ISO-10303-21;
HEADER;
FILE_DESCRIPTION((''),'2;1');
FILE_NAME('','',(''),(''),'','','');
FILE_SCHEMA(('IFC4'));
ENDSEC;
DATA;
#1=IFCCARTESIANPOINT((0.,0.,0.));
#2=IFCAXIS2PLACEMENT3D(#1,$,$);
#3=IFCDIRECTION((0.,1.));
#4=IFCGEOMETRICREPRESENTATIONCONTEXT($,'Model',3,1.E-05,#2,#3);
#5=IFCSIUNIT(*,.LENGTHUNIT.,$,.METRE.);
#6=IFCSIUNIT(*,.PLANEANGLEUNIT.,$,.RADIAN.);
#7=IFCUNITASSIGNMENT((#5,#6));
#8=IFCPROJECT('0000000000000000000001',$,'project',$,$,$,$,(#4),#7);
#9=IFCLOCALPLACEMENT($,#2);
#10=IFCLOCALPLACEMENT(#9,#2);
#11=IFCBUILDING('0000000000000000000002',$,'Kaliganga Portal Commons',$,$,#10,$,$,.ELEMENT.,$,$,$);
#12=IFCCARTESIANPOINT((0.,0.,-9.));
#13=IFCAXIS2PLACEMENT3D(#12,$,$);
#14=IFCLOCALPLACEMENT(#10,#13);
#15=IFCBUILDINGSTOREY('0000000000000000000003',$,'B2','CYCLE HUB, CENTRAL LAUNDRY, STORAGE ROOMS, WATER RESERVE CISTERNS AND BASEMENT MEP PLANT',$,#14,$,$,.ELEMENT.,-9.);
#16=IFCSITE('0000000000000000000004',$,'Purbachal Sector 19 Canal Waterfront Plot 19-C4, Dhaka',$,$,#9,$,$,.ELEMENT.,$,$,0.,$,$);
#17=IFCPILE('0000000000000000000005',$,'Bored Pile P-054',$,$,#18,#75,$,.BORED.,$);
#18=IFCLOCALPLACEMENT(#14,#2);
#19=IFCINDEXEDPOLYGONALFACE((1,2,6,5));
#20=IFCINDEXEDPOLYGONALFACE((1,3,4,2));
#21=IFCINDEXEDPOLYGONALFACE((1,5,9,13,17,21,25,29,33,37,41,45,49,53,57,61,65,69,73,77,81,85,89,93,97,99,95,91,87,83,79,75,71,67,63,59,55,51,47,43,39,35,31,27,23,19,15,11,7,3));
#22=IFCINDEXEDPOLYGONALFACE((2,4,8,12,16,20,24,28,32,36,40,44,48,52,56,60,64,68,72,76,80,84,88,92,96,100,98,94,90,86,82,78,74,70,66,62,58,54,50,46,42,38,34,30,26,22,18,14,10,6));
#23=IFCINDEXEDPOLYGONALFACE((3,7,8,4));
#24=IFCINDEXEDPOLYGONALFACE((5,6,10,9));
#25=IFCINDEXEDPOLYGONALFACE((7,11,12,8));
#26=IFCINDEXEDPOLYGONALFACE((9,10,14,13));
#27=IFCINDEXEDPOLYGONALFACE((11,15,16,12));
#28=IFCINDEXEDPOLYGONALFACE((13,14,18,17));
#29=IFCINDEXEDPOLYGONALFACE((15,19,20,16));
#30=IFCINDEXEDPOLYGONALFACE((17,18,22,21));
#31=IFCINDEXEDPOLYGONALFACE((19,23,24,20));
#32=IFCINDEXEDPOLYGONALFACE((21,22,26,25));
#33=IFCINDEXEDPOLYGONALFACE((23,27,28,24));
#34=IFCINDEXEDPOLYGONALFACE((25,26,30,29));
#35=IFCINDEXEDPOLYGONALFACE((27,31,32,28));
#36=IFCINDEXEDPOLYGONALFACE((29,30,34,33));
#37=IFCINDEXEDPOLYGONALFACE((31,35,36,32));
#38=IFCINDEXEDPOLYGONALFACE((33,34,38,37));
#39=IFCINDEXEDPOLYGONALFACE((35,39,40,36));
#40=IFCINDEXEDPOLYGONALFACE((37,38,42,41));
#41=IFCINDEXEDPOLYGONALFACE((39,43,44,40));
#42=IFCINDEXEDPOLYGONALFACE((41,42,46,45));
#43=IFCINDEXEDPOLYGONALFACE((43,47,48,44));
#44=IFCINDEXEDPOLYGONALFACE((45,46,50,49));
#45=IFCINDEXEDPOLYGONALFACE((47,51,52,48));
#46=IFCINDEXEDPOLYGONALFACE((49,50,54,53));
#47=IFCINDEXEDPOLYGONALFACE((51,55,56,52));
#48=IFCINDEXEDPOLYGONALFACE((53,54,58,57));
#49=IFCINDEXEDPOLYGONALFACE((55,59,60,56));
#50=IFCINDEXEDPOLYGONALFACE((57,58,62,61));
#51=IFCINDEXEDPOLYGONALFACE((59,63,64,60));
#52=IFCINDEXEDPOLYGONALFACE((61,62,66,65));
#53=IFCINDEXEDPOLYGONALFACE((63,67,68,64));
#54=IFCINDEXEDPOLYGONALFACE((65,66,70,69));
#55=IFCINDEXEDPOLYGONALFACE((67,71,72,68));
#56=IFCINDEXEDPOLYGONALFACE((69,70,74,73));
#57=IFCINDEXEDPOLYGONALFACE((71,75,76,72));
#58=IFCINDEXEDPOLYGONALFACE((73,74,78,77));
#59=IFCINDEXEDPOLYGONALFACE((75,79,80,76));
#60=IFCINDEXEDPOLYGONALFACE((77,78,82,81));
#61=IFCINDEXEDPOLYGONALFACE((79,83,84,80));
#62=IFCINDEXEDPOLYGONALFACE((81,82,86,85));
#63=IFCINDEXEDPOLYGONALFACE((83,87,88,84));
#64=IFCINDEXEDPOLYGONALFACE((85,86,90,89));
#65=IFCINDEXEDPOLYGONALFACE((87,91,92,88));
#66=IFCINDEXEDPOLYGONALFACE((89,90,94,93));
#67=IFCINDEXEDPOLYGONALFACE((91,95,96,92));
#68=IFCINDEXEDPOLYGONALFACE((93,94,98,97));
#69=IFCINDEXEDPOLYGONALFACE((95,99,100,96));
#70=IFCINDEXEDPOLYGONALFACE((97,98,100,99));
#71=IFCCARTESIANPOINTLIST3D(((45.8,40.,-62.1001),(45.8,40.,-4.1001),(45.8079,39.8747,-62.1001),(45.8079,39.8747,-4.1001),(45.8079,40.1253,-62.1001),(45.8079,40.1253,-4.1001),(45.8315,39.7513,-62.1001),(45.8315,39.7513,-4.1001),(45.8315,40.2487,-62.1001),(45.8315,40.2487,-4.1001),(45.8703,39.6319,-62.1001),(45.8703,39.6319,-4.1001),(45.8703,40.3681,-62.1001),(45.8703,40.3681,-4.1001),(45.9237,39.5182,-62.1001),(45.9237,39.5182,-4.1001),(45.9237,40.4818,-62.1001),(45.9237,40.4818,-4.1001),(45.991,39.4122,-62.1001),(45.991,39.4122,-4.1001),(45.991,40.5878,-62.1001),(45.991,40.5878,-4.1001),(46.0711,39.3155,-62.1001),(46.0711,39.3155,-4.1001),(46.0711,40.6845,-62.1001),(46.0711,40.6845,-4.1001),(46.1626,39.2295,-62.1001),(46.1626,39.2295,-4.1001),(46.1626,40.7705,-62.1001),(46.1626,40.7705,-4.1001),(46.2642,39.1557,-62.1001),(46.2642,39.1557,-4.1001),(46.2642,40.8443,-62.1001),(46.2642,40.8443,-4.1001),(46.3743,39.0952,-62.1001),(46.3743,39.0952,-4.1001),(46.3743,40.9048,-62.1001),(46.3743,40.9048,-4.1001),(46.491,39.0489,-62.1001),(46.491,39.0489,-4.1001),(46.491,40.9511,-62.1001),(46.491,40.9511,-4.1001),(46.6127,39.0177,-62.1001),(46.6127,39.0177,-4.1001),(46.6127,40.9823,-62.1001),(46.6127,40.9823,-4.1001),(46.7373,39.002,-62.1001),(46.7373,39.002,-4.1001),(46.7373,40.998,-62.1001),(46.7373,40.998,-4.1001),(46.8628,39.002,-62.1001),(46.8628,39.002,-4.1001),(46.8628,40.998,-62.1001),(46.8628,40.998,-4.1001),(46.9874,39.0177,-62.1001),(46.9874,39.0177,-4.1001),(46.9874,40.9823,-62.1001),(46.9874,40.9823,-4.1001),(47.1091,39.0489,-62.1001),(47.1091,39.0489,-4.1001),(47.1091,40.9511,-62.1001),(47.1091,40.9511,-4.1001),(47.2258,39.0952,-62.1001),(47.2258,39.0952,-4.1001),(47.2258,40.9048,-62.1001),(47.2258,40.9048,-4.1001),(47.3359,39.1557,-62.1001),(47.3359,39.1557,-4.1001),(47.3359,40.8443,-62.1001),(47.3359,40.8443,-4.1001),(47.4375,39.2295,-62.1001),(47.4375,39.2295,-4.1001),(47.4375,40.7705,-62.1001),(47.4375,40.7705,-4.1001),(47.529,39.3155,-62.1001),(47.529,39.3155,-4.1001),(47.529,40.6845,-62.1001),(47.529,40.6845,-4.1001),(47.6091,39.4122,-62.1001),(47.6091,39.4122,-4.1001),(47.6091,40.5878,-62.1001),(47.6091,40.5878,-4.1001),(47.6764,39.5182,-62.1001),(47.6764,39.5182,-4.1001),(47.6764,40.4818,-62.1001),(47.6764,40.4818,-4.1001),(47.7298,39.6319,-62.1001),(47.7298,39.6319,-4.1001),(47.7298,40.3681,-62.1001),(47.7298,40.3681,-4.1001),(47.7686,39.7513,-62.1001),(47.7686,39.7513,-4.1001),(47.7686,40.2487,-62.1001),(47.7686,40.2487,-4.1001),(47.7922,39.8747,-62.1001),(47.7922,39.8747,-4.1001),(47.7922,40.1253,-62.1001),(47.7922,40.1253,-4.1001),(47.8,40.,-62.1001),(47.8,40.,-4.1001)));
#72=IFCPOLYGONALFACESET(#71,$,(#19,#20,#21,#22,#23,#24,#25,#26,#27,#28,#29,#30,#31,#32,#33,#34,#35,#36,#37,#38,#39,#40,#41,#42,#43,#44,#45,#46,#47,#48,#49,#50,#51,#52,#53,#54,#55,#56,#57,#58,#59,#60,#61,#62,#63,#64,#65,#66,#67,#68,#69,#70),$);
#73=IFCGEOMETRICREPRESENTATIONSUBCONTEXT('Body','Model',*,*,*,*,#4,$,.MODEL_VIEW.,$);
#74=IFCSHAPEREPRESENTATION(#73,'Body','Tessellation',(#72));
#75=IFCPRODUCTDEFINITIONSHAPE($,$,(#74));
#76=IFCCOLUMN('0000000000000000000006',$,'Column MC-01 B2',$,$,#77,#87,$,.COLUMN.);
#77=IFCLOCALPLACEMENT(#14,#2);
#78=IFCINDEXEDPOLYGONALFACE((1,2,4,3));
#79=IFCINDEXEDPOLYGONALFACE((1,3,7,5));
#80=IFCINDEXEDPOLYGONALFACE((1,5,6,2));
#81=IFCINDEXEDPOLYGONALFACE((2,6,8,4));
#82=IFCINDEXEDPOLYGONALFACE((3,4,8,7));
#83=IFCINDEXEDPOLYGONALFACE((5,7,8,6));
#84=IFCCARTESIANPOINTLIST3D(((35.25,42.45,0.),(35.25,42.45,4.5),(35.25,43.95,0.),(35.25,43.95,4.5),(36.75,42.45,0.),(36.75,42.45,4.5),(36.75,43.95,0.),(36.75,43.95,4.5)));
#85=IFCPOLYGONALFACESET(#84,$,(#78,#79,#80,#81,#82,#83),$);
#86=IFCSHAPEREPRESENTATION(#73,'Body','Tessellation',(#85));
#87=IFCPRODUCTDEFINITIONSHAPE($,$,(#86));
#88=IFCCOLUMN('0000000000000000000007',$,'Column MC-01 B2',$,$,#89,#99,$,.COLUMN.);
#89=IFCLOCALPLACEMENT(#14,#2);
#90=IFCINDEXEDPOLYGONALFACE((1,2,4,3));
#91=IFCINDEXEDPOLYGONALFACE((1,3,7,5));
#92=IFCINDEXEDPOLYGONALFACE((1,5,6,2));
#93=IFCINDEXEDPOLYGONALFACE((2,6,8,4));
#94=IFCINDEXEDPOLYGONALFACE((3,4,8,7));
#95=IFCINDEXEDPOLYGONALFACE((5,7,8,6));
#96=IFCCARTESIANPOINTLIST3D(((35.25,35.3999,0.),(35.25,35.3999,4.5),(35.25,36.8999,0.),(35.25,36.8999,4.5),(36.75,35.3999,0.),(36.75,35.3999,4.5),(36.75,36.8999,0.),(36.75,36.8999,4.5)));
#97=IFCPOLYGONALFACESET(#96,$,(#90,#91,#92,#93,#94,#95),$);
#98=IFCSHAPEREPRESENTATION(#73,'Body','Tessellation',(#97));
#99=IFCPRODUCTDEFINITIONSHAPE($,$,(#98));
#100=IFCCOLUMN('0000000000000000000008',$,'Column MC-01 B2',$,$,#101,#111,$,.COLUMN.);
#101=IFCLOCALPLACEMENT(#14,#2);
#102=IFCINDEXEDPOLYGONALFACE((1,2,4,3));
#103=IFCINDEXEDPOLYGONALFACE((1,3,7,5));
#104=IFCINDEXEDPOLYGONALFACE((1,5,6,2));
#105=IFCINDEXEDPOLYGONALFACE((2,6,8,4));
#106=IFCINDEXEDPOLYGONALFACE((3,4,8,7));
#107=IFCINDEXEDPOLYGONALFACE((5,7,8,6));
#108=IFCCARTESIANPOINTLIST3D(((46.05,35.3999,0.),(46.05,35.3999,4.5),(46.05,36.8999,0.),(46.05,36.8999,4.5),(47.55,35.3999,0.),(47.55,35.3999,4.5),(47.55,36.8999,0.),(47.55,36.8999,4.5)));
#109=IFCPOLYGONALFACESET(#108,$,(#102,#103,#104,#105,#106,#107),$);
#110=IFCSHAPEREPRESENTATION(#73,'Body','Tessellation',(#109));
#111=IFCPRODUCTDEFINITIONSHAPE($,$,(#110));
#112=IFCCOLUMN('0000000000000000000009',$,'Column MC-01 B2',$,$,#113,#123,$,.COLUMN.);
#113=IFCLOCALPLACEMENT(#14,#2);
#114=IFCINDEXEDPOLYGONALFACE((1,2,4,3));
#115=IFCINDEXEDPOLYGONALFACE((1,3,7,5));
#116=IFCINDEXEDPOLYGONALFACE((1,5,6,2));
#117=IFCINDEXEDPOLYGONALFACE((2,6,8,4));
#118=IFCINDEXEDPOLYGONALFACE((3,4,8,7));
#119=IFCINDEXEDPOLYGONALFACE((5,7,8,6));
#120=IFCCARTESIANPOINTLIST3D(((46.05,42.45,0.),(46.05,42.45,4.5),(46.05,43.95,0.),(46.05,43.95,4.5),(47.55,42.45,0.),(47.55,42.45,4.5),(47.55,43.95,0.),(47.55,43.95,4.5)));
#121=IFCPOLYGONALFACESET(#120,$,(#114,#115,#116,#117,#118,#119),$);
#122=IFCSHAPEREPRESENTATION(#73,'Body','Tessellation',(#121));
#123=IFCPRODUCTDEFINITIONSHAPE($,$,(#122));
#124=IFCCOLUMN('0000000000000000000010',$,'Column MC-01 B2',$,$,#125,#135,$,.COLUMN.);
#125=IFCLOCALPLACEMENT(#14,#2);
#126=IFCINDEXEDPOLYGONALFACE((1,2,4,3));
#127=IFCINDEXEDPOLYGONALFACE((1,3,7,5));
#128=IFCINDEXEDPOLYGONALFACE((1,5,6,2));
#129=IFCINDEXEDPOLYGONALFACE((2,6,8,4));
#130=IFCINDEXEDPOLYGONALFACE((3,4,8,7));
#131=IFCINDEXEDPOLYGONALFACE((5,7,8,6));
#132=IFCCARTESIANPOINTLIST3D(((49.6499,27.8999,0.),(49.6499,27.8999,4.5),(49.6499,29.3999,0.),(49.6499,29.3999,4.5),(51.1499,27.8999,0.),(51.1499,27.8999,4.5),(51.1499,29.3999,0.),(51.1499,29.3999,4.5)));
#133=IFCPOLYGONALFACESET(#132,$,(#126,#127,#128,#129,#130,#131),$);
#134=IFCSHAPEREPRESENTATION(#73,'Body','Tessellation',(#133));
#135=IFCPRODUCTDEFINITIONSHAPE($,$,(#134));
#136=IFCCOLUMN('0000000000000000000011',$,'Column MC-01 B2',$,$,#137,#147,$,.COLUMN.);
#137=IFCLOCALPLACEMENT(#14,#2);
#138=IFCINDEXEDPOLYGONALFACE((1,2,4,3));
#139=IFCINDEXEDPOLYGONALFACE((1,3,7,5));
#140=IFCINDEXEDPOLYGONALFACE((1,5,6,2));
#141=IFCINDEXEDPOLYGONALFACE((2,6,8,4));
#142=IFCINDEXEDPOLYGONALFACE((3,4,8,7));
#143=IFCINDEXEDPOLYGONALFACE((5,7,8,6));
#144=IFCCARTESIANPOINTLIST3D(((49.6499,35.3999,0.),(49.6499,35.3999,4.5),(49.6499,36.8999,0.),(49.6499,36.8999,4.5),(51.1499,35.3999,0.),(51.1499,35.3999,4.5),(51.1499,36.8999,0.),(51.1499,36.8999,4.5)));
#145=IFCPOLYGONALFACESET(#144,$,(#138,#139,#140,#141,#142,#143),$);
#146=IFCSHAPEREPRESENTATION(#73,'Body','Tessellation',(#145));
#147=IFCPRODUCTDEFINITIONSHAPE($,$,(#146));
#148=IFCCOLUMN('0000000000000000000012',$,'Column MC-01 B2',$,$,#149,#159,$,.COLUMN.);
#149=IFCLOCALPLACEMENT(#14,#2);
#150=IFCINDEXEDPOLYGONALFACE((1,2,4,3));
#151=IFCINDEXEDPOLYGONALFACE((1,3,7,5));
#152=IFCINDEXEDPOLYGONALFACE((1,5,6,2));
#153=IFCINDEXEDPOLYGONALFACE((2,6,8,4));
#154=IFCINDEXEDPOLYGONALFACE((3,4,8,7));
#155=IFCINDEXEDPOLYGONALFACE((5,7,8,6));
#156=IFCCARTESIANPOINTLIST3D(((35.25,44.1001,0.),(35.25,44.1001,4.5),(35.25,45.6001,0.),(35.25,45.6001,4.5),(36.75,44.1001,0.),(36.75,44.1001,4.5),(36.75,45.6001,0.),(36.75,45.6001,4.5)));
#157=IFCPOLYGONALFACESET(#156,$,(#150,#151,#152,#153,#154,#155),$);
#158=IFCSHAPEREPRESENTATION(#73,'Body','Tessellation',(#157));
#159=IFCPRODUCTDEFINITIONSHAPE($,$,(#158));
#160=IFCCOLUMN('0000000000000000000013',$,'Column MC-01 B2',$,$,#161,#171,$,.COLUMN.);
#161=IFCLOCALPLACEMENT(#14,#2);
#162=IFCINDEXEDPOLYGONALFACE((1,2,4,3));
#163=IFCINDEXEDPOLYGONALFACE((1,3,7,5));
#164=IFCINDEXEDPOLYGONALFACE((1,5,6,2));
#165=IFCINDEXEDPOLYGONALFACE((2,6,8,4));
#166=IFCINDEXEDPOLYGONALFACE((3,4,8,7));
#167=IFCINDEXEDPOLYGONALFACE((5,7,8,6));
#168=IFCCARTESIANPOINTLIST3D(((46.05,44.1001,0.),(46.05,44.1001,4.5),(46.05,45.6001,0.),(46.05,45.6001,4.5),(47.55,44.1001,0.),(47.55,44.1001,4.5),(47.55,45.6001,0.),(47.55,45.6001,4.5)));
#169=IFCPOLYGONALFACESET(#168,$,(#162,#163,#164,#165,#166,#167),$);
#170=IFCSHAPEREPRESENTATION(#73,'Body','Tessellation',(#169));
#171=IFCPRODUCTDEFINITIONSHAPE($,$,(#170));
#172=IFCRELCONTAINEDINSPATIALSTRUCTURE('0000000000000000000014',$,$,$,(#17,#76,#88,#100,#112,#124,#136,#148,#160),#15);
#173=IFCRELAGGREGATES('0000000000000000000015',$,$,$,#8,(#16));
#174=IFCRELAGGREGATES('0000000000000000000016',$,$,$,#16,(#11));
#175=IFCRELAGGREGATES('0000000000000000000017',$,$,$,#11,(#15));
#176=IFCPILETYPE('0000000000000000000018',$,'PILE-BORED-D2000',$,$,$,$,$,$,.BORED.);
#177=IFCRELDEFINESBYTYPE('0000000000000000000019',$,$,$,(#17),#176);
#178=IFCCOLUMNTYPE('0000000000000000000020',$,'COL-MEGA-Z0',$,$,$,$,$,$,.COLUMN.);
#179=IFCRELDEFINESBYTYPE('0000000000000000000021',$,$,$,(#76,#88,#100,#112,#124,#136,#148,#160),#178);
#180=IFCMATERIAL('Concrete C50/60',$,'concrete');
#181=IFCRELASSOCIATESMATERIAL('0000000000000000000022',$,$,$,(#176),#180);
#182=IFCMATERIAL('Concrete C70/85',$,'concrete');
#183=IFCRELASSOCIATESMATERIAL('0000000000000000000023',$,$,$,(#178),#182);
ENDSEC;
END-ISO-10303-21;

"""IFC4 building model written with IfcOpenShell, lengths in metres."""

from ifc_helpers import new_model, si_unit, direction, frame, origin, origin_2d, place, context, subcontext, project, spatial, rectangle, circle, extrude, source, transform, mapped, material, material_profile, profile_set, type_object, element, save


model = new_model("IFC4")

# Units and contexts
model_context = context("Model", 3, precision=1e-05, world=origin(), true_north=direction((0.0, 1.0)))
body_context = subcontext(model_context, "Body", "Model", "MODEL_VIEW")
ifc_project = project(units=[si_unit("LENGTHUNIT", "METRE"), si_unit("PLANEANGLEUNIT", "RADIAN")], contexts=[model_context])

# Site, building, storey
site_placement = place(None, origin())
site = spatial("IfcSite", under=ifc_project, at=site_placement, Name="Purbachal Sector 19 Canal Waterfront Plot 19-C4, Dhaka", CompositionType="ELEMENT", RefElevation=0.0)
building_placement = place(site_placement, origin())
building = spatial("IfcBuilding", under=site, at=building_placement, Name="Kaliganga Portal Commons", CompositionType="ELEMENT")
storey_placement = place(building_placement, frame((0.0, 0.0, -9.0)))
storey = spatial("IfcBuildingStorey", under=building, at=storey_placement, Name="B2", Description="CYCLE HUB, CENTRAL LAUNDRY, STORAGE ROOMS, WATER RESERVE CISTERNS AND BASEMENT MEP PLANT", CompositionType="ELEMENT", Elevation=-9.0)

# Pile
ifc_material_1 = material(Name="Concrete C50/60", Category="concrete")
ifc_material_profile_1 = material_profile(ifc_material_1, circle(Radius=1.0, at=origin_2d()), Name="PILE D2000")
ifc_profile_set_1 = profile_set([ifc_material_profile_1], Name="Concrete C50/60")
pile_type = type_object("IfcPileType", Name="PILE-BORED-D2000", PredefinedType="BORED", material=ifc_profile_set_1)
for number, where, z_axis, x_axis, name in (
    (1, (46.8, 40.0, -4.1001), (0.0, 0.0, -1.0), (1.0, 0.0, 0.0), "Bored Pile P-054"),
):
    element("IfcPile", number, at=place(storey_placement, frame(where, z_axis=z_axis, x_axis=x_axis)), inside=storey, type_object=pile_type, Name=name, PredefinedType="BORED", context=body_context, shape_type="SweptSolid", body=[
        extrude(circle(Radius=1.0, at=origin_2d()), origin(), (0.0, 0.0, 1.0), 58.0),
    ])

# Columns
ifc_material_2 = material(Name="Concrete C70/85", Category="concrete")
ifc_material_profile_2 = material_profile(ifc_material_2, rectangle(XDim=1.5, YDim=1.5, at=origin_2d()), Name="RC 1500x1500")
ifc_profile_set_2 = profile_set([ifc_material_profile_2], Name="Concrete C70/85")
column_type = type_object("IfcColumnType", Name="COL-MEGA-Z0", PredefinedType="COLUMN", material=ifc_profile_set_2)
shared_shape_1 = source(origin(), body_context, "Body", "SweptSolid", [
    extrude(rectangle(XDim=1.5, YDim=1.5, at=origin_2d()), origin(), (0.0, 0.0, 1.0), 4.5),
])
for number, where, z_axis, x_axis, name in (
    (2, (36.0, 43.2, 0.0), (0.0, 0.0, 1.0), (1.0, 0.0, 0.0), "Column MC-01 B2"),
    (3, (36.0, 36.1499, 0.0), (0.0, 0.0, 1.0), (1.0, 0.0, 0.0), "Column MC-01 B2"),
    (4, (46.8, 36.1499, 0.0), (0.0, 0.0, 1.0), (1.0, 0.0, 0.0), "Column MC-01 B2"),
    (5, (46.8, 43.2, 0.0), (0.0, 0.0, 1.0), (1.0, 0.0, 0.0), "Column MC-01 B2"),
    (6, (50.3999, 28.6499, 0.0), (0.0, 0.0, 1.0), (1.0, 0.0, 0.0), "Column MC-01 B2"),
    (7, (50.3999, 36.1499, 0.0), (0.0, 0.0, 1.0), (1.0, 0.0, 0.0), "Column MC-01 B2"),
    (8, (36.0, 44.8501, 0.0), (0.0, 0.0, 1.0), (1.0, 0.0, 0.0), "Column MC-01 B2"),
    (9, (46.8, 44.8501, 0.0), (0.0, 0.0, 1.0), (1.0, 0.0, 0.0), "Column MC-01 B2"),
):
    element("IfcColumn", number, at=place(storey_placement, frame(where, z_axis=z_axis, x_axis=x_axis)), inside=storey, type_object=column_type, Name=name, PredefinedType="COLUMN", context=body_context, shape_type="MappedRepresentation", body=[
        mapped(shared_shape_1, transform((0.0, 0.0, 0.0), x_axis=(1.0, 0.0, 0.0), y_axis=(0.0, 1.0, 0.0), z_axis=(0.0, 0.0, 1.0), scale=1.0)),
    ])

save(model, "model.ifc")
